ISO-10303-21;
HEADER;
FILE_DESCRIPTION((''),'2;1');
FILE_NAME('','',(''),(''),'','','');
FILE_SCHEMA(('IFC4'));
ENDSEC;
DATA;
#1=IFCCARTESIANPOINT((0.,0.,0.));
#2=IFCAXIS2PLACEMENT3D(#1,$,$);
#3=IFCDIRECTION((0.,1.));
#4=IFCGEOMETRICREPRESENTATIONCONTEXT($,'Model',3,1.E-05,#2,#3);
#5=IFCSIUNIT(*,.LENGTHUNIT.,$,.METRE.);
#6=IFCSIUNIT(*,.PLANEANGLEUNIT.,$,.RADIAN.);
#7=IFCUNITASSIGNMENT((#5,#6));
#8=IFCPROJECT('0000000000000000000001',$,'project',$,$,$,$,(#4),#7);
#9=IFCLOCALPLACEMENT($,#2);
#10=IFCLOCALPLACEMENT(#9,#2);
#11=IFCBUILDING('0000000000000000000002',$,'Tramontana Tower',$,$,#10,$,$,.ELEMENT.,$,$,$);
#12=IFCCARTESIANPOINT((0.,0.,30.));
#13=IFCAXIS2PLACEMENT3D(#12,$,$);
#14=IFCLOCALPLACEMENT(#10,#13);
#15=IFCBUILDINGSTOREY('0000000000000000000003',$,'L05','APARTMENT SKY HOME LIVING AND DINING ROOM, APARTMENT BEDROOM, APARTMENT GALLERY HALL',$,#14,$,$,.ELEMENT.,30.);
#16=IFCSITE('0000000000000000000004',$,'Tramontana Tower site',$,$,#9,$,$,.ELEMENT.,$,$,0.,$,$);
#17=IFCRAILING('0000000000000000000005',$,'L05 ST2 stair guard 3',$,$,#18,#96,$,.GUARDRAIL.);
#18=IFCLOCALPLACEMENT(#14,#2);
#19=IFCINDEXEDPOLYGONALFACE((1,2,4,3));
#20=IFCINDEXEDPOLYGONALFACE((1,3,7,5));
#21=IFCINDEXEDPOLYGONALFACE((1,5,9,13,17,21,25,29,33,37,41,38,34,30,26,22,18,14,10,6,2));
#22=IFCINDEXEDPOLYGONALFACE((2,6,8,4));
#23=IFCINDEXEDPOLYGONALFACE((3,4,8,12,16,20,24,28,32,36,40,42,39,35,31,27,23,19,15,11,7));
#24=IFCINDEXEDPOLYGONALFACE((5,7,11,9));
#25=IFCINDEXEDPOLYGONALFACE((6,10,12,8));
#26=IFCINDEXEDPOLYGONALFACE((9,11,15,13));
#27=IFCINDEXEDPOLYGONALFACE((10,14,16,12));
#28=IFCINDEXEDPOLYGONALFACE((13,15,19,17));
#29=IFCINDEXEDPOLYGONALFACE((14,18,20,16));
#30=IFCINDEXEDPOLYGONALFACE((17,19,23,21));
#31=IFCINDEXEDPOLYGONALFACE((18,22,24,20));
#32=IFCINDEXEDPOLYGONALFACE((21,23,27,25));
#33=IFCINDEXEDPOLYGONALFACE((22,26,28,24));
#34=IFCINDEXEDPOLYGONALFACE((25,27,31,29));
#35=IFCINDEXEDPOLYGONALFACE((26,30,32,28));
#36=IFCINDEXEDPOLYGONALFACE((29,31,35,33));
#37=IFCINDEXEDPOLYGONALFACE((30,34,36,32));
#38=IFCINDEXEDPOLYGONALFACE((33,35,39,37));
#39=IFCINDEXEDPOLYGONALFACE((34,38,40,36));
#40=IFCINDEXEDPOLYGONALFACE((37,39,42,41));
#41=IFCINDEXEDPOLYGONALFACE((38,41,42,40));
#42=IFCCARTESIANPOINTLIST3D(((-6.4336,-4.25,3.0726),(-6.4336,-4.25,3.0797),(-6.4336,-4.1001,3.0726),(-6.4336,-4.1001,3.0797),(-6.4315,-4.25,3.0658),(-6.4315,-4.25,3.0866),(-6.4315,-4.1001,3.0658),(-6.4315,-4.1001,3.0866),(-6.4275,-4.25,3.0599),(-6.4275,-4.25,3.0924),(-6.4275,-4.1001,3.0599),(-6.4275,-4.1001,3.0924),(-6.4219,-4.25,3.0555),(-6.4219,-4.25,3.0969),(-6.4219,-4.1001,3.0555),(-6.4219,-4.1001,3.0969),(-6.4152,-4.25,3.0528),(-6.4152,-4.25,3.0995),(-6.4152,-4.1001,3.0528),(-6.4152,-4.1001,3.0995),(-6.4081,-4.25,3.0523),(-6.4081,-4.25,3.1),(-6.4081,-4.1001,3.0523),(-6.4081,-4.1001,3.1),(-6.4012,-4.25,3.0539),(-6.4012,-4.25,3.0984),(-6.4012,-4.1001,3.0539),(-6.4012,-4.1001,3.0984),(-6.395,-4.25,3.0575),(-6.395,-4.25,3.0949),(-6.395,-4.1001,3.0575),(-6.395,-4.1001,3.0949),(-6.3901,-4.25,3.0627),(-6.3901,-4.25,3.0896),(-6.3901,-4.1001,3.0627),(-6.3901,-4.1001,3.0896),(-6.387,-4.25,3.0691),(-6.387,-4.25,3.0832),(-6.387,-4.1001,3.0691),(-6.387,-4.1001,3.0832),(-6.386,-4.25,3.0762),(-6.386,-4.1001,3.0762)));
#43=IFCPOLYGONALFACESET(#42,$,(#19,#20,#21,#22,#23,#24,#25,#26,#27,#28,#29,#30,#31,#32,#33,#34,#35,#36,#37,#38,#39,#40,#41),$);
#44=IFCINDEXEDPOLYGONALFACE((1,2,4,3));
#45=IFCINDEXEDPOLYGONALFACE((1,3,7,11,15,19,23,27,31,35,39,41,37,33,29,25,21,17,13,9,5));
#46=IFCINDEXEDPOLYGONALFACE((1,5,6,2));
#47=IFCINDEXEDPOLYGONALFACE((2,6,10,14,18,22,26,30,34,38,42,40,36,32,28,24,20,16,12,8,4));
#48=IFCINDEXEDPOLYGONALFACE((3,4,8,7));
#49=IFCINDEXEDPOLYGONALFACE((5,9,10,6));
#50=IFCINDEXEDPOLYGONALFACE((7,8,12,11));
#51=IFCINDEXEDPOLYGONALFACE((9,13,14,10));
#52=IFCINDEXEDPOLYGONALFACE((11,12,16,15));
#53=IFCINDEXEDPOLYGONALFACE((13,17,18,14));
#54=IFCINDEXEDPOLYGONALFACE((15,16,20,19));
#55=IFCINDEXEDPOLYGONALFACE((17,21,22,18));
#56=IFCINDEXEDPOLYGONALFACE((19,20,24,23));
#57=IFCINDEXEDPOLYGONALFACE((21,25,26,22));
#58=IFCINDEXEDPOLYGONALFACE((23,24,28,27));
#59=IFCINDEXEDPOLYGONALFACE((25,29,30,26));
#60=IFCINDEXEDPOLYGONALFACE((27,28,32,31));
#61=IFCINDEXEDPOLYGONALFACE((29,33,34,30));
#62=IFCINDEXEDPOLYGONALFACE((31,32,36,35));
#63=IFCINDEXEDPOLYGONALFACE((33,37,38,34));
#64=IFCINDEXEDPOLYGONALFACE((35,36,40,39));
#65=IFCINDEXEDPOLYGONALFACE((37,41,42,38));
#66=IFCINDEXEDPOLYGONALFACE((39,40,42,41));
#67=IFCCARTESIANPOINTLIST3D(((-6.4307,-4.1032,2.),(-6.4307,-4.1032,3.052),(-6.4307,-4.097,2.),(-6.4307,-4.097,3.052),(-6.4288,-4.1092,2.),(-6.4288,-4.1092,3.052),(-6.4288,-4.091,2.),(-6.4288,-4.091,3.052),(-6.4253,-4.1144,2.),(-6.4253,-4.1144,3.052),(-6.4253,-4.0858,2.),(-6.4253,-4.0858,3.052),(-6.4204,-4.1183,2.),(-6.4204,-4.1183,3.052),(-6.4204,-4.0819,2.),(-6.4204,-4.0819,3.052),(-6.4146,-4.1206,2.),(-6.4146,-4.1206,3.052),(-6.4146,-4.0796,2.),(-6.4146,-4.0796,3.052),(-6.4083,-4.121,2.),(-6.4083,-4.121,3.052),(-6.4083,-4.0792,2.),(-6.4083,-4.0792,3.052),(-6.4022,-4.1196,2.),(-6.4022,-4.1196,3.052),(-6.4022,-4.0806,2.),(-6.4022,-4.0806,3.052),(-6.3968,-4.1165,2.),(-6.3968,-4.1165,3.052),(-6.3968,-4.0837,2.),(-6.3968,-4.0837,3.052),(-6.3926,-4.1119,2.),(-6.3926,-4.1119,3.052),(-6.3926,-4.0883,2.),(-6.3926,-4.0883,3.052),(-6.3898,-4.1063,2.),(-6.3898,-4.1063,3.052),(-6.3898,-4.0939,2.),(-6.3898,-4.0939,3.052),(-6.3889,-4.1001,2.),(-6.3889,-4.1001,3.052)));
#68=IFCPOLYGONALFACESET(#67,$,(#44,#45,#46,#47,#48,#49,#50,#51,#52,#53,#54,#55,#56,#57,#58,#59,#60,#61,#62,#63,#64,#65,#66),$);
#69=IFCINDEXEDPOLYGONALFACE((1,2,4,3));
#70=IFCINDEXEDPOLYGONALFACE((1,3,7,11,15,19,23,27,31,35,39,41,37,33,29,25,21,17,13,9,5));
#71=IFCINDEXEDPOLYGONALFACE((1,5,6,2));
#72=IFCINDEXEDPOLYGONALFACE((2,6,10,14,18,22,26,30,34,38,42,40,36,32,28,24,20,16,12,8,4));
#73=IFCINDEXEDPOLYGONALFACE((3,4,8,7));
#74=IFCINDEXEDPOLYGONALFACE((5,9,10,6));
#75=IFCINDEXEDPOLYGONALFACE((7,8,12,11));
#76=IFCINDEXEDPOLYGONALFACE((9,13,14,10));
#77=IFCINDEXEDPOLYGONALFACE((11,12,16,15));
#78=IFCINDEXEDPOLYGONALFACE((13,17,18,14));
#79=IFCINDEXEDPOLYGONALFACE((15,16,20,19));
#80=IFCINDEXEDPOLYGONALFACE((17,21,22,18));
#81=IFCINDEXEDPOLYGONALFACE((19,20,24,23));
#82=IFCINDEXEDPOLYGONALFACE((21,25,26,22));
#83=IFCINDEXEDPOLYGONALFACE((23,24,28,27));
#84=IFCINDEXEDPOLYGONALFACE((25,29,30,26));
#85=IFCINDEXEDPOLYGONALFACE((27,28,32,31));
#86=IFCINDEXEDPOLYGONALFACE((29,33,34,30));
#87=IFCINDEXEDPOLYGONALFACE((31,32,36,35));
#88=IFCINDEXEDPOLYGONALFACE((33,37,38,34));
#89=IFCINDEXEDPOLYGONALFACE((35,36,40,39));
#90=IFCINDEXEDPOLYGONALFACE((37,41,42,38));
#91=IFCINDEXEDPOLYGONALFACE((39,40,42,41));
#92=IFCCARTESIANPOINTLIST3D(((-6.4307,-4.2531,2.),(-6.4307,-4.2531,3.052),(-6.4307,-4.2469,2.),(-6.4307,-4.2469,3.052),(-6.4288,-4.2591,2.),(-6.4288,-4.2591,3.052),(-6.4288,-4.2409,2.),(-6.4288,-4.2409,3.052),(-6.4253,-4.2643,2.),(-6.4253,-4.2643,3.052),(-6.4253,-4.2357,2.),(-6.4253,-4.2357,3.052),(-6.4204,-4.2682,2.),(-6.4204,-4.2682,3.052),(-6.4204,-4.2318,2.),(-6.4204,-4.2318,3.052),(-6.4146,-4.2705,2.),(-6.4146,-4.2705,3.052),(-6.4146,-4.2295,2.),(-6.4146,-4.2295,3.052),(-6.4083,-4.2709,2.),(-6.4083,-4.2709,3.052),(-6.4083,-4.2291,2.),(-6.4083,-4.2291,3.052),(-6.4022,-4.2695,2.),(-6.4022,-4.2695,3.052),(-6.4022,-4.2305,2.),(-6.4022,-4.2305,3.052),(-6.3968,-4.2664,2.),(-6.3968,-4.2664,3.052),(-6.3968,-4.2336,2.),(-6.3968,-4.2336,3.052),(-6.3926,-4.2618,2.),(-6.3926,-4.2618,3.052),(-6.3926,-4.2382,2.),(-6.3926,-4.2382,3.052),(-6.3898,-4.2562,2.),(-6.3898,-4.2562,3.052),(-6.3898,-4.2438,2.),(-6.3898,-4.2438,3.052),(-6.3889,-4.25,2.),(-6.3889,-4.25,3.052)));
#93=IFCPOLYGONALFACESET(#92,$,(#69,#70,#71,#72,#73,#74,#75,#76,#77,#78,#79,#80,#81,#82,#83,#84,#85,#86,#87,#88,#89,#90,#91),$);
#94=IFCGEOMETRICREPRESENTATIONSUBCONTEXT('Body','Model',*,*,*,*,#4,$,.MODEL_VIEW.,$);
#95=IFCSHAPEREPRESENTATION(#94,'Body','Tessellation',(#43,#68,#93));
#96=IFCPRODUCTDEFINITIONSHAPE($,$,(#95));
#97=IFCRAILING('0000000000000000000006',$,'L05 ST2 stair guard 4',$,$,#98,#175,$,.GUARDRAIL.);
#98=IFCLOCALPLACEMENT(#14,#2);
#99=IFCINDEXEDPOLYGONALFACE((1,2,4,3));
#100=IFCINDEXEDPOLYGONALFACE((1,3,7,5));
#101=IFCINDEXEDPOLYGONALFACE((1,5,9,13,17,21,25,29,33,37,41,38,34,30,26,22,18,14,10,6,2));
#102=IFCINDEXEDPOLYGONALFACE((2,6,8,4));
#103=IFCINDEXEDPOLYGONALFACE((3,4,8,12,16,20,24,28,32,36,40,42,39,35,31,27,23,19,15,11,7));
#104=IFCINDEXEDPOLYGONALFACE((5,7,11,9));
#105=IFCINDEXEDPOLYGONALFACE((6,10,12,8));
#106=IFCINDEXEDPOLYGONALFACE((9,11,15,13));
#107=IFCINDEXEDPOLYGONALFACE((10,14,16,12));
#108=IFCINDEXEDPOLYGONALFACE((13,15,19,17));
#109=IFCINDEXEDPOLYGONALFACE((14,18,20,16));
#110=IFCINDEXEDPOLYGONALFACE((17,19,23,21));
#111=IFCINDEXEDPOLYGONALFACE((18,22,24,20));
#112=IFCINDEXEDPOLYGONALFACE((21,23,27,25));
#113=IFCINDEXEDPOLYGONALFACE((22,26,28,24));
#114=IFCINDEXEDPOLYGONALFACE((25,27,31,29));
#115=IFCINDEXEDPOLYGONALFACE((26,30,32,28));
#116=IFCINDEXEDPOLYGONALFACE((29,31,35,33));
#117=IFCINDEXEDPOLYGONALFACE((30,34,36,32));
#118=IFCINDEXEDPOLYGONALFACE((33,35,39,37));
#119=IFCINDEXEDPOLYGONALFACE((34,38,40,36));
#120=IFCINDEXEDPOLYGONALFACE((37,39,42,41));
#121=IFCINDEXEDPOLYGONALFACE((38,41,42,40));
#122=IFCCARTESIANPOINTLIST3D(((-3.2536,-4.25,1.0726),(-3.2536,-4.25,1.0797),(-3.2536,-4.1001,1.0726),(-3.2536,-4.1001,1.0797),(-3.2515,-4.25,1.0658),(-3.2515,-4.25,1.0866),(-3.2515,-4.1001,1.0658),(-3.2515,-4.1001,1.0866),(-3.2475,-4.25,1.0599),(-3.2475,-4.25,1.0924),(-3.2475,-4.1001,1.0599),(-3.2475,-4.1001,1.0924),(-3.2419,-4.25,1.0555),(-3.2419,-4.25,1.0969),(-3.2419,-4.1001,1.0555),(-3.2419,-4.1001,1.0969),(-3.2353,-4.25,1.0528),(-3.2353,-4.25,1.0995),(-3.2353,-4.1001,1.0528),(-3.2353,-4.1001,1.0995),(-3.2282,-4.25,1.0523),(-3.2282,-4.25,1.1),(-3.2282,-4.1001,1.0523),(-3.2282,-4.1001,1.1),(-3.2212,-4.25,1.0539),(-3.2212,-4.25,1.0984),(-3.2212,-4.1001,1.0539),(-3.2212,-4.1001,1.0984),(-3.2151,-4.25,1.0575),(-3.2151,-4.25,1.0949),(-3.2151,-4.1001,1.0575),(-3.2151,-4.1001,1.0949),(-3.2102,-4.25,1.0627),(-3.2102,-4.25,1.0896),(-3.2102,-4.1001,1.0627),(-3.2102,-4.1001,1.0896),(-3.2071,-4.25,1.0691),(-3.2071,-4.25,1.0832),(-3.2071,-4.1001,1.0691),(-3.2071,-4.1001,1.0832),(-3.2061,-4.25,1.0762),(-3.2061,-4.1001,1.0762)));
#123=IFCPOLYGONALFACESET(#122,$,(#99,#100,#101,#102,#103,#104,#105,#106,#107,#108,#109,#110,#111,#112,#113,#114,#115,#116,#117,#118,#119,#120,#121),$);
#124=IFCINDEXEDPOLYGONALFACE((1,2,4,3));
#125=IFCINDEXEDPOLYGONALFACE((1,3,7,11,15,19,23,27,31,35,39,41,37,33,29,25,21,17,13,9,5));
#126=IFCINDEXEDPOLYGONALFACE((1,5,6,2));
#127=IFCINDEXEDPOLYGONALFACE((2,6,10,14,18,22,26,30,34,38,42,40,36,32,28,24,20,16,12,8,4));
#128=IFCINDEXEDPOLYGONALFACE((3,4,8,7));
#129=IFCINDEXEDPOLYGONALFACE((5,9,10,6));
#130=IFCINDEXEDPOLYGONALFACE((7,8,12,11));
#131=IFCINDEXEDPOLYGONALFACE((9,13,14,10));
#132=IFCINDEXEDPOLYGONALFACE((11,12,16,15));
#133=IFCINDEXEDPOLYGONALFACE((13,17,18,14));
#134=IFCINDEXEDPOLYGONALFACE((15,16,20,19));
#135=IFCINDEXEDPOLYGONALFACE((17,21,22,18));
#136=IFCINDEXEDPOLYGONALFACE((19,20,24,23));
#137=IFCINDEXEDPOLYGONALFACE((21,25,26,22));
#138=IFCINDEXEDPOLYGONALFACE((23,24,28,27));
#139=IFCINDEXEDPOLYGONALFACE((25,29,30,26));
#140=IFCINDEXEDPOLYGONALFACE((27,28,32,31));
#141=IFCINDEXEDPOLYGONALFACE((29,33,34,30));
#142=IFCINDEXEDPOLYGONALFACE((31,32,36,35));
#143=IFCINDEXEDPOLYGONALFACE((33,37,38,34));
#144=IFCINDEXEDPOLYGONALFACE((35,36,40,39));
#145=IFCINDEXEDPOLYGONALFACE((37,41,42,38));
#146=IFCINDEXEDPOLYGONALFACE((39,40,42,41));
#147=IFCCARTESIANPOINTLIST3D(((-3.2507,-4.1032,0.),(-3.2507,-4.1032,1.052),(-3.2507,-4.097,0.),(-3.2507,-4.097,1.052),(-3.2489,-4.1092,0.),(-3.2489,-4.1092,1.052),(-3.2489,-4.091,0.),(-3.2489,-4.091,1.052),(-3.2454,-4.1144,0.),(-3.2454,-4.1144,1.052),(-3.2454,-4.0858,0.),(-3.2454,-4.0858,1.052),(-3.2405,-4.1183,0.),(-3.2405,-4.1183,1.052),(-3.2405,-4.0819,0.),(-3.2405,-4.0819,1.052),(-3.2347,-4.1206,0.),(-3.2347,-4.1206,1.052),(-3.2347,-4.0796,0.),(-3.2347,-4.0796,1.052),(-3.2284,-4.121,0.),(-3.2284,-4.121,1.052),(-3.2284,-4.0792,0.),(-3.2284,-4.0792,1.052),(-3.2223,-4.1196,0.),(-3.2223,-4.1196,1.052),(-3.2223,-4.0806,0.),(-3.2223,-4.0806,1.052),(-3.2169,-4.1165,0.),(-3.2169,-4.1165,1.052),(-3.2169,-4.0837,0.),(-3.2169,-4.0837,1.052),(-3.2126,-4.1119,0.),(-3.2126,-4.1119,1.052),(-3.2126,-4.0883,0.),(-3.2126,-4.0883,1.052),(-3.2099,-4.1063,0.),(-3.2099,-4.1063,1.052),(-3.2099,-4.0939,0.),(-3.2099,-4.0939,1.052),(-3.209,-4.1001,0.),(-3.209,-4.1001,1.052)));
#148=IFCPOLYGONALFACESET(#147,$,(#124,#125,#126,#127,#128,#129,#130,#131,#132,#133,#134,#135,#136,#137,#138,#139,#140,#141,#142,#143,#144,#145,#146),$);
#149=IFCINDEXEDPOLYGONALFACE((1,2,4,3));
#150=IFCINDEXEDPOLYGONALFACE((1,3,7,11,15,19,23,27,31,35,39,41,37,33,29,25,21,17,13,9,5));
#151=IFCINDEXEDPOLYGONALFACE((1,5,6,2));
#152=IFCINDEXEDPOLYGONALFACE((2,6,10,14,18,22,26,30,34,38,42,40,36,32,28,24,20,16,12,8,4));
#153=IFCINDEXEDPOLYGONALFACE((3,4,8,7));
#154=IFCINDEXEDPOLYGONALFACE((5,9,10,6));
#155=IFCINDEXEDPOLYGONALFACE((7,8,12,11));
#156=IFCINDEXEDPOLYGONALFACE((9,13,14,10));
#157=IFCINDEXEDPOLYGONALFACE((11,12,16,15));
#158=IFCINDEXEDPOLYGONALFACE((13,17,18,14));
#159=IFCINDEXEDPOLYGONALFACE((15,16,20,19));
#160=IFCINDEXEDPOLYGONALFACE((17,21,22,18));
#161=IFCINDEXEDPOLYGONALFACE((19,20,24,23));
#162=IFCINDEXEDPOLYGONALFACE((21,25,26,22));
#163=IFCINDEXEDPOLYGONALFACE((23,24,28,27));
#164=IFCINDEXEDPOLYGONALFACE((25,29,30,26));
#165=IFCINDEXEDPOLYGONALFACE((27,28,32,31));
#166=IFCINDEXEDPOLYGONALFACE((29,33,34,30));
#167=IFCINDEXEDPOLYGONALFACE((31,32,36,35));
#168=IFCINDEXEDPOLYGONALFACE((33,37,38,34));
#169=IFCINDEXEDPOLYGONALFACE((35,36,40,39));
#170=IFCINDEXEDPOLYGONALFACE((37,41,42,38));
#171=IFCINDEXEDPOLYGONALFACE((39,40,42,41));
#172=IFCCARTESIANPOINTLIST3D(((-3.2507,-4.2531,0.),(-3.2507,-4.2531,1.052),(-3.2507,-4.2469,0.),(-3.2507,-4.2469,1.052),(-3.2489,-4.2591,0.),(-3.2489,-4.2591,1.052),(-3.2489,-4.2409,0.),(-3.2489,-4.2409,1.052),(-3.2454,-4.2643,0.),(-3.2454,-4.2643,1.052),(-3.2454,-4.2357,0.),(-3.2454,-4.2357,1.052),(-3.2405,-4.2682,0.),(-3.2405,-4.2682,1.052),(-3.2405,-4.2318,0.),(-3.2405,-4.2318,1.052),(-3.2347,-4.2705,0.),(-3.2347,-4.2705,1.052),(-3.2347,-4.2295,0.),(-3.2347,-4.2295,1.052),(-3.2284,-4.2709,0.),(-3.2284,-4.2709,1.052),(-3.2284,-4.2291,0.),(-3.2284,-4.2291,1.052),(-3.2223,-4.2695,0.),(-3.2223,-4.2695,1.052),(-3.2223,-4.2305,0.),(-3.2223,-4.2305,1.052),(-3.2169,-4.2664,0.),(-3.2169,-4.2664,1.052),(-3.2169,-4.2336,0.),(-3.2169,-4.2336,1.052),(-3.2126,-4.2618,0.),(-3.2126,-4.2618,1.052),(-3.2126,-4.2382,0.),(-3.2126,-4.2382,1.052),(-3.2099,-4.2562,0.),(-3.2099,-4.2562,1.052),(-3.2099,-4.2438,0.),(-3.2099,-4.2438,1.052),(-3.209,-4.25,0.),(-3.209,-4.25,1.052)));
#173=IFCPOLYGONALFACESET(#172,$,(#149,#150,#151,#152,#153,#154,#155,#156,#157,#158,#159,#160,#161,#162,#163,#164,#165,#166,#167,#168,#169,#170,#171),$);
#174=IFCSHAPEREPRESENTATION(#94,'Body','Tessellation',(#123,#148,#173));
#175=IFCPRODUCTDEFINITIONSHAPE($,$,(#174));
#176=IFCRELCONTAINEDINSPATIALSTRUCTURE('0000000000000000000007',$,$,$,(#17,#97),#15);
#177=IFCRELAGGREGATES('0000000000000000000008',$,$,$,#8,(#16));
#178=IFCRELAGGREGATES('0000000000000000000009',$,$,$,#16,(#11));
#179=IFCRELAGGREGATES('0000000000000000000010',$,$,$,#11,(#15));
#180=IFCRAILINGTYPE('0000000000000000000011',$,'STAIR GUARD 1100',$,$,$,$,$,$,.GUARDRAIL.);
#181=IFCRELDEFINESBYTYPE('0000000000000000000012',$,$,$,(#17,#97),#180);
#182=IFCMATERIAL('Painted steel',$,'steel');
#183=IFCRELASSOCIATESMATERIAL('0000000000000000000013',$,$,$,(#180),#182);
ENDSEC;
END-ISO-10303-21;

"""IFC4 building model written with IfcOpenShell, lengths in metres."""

from ifc_helpers import new_model, si_unit, direction, frame, origin, origin_2d, place, context, subcontext, project, spatial, circle, extrude, material, type_object, element, save


model = new_model("IFC4")

# Units and contexts
model_context = context("Model", 3, precision=1e-05, world=origin(), true_north=direction((0.0, 1.0)))
body_context = subcontext(model_context, "Body", "Model", "MODEL_VIEW")
ifc_project = project(units=[si_unit("LENGTHUNIT", "METRE"), si_unit("PLANEANGLEUNIT", "RADIAN")], contexts=[model_context])

# Site, building, storey
site_placement = place(None, origin())
site = spatial("IfcSite", under=ifc_project, at=site_placement, Name="Tramontana Tower site", CompositionType="ELEMENT", RefElevation=0.0)
building_placement = place(site_placement, origin())
building = spatial("IfcBuilding", under=site, at=building_placement, Name="Tramontana Tower", CompositionType="ELEMENT")
storey_placement = place(building_placement, frame((0.0, 0.0, 30.0)))
storey = spatial("IfcBuildingStorey", under=building, at=storey_placement, Name="L05", Description="APARTMENT SKY HOME LIVING AND DINING ROOM, APARTMENT BEDROOM, APARTMENT GALLERY HALL", CompositionType="ELEMENT", Elevation=30.0)

# Railings
ifc_material_1 = material(Name="Painted steel", Category="steel")
railing_type_1 = type_object("IfcRailingType", Name="STAIR GUARD 1100", PredefinedType="GUARDRAIL", material=ifc_material_1)
for number, where, name in (
    (1, (-6.4099, -4.1001, 2.0), "L05 ST2 stair guard 3"),
    (2, (-3.23, -4.1001, 0.0), "L05 ST2 stair guard 4"),
):
    element("IfcRailing", number, at=place(storey_placement, frame(where)), inside=storey, type_object=railing_type_1, Name=name, PredefinedType="GUARDRAIL", context=body_context, shape_type="SweptSolid", body=[
        extrude(circle(Radius=0.0239, at=origin_2d()), frame((0.0, 0.0, 1.0762), z_axis=(0.0, -1.0, 0.0), x_axis=(1.0, 0.0, 0.0)), (0.0, 0.0, 1.0), 0.1499),
        extrude(circle(Radius=0.021, at=origin_2d()), origin(), (0.0, 0.0, 1.0), 1.052),
        extrude(circle(Radius=0.021, at=origin_2d()), frame((0.0, -0.1499, 0.0)), (0.0, 0.0, 1.0), 1.052),
    ])

save(model, "model.ifc")
